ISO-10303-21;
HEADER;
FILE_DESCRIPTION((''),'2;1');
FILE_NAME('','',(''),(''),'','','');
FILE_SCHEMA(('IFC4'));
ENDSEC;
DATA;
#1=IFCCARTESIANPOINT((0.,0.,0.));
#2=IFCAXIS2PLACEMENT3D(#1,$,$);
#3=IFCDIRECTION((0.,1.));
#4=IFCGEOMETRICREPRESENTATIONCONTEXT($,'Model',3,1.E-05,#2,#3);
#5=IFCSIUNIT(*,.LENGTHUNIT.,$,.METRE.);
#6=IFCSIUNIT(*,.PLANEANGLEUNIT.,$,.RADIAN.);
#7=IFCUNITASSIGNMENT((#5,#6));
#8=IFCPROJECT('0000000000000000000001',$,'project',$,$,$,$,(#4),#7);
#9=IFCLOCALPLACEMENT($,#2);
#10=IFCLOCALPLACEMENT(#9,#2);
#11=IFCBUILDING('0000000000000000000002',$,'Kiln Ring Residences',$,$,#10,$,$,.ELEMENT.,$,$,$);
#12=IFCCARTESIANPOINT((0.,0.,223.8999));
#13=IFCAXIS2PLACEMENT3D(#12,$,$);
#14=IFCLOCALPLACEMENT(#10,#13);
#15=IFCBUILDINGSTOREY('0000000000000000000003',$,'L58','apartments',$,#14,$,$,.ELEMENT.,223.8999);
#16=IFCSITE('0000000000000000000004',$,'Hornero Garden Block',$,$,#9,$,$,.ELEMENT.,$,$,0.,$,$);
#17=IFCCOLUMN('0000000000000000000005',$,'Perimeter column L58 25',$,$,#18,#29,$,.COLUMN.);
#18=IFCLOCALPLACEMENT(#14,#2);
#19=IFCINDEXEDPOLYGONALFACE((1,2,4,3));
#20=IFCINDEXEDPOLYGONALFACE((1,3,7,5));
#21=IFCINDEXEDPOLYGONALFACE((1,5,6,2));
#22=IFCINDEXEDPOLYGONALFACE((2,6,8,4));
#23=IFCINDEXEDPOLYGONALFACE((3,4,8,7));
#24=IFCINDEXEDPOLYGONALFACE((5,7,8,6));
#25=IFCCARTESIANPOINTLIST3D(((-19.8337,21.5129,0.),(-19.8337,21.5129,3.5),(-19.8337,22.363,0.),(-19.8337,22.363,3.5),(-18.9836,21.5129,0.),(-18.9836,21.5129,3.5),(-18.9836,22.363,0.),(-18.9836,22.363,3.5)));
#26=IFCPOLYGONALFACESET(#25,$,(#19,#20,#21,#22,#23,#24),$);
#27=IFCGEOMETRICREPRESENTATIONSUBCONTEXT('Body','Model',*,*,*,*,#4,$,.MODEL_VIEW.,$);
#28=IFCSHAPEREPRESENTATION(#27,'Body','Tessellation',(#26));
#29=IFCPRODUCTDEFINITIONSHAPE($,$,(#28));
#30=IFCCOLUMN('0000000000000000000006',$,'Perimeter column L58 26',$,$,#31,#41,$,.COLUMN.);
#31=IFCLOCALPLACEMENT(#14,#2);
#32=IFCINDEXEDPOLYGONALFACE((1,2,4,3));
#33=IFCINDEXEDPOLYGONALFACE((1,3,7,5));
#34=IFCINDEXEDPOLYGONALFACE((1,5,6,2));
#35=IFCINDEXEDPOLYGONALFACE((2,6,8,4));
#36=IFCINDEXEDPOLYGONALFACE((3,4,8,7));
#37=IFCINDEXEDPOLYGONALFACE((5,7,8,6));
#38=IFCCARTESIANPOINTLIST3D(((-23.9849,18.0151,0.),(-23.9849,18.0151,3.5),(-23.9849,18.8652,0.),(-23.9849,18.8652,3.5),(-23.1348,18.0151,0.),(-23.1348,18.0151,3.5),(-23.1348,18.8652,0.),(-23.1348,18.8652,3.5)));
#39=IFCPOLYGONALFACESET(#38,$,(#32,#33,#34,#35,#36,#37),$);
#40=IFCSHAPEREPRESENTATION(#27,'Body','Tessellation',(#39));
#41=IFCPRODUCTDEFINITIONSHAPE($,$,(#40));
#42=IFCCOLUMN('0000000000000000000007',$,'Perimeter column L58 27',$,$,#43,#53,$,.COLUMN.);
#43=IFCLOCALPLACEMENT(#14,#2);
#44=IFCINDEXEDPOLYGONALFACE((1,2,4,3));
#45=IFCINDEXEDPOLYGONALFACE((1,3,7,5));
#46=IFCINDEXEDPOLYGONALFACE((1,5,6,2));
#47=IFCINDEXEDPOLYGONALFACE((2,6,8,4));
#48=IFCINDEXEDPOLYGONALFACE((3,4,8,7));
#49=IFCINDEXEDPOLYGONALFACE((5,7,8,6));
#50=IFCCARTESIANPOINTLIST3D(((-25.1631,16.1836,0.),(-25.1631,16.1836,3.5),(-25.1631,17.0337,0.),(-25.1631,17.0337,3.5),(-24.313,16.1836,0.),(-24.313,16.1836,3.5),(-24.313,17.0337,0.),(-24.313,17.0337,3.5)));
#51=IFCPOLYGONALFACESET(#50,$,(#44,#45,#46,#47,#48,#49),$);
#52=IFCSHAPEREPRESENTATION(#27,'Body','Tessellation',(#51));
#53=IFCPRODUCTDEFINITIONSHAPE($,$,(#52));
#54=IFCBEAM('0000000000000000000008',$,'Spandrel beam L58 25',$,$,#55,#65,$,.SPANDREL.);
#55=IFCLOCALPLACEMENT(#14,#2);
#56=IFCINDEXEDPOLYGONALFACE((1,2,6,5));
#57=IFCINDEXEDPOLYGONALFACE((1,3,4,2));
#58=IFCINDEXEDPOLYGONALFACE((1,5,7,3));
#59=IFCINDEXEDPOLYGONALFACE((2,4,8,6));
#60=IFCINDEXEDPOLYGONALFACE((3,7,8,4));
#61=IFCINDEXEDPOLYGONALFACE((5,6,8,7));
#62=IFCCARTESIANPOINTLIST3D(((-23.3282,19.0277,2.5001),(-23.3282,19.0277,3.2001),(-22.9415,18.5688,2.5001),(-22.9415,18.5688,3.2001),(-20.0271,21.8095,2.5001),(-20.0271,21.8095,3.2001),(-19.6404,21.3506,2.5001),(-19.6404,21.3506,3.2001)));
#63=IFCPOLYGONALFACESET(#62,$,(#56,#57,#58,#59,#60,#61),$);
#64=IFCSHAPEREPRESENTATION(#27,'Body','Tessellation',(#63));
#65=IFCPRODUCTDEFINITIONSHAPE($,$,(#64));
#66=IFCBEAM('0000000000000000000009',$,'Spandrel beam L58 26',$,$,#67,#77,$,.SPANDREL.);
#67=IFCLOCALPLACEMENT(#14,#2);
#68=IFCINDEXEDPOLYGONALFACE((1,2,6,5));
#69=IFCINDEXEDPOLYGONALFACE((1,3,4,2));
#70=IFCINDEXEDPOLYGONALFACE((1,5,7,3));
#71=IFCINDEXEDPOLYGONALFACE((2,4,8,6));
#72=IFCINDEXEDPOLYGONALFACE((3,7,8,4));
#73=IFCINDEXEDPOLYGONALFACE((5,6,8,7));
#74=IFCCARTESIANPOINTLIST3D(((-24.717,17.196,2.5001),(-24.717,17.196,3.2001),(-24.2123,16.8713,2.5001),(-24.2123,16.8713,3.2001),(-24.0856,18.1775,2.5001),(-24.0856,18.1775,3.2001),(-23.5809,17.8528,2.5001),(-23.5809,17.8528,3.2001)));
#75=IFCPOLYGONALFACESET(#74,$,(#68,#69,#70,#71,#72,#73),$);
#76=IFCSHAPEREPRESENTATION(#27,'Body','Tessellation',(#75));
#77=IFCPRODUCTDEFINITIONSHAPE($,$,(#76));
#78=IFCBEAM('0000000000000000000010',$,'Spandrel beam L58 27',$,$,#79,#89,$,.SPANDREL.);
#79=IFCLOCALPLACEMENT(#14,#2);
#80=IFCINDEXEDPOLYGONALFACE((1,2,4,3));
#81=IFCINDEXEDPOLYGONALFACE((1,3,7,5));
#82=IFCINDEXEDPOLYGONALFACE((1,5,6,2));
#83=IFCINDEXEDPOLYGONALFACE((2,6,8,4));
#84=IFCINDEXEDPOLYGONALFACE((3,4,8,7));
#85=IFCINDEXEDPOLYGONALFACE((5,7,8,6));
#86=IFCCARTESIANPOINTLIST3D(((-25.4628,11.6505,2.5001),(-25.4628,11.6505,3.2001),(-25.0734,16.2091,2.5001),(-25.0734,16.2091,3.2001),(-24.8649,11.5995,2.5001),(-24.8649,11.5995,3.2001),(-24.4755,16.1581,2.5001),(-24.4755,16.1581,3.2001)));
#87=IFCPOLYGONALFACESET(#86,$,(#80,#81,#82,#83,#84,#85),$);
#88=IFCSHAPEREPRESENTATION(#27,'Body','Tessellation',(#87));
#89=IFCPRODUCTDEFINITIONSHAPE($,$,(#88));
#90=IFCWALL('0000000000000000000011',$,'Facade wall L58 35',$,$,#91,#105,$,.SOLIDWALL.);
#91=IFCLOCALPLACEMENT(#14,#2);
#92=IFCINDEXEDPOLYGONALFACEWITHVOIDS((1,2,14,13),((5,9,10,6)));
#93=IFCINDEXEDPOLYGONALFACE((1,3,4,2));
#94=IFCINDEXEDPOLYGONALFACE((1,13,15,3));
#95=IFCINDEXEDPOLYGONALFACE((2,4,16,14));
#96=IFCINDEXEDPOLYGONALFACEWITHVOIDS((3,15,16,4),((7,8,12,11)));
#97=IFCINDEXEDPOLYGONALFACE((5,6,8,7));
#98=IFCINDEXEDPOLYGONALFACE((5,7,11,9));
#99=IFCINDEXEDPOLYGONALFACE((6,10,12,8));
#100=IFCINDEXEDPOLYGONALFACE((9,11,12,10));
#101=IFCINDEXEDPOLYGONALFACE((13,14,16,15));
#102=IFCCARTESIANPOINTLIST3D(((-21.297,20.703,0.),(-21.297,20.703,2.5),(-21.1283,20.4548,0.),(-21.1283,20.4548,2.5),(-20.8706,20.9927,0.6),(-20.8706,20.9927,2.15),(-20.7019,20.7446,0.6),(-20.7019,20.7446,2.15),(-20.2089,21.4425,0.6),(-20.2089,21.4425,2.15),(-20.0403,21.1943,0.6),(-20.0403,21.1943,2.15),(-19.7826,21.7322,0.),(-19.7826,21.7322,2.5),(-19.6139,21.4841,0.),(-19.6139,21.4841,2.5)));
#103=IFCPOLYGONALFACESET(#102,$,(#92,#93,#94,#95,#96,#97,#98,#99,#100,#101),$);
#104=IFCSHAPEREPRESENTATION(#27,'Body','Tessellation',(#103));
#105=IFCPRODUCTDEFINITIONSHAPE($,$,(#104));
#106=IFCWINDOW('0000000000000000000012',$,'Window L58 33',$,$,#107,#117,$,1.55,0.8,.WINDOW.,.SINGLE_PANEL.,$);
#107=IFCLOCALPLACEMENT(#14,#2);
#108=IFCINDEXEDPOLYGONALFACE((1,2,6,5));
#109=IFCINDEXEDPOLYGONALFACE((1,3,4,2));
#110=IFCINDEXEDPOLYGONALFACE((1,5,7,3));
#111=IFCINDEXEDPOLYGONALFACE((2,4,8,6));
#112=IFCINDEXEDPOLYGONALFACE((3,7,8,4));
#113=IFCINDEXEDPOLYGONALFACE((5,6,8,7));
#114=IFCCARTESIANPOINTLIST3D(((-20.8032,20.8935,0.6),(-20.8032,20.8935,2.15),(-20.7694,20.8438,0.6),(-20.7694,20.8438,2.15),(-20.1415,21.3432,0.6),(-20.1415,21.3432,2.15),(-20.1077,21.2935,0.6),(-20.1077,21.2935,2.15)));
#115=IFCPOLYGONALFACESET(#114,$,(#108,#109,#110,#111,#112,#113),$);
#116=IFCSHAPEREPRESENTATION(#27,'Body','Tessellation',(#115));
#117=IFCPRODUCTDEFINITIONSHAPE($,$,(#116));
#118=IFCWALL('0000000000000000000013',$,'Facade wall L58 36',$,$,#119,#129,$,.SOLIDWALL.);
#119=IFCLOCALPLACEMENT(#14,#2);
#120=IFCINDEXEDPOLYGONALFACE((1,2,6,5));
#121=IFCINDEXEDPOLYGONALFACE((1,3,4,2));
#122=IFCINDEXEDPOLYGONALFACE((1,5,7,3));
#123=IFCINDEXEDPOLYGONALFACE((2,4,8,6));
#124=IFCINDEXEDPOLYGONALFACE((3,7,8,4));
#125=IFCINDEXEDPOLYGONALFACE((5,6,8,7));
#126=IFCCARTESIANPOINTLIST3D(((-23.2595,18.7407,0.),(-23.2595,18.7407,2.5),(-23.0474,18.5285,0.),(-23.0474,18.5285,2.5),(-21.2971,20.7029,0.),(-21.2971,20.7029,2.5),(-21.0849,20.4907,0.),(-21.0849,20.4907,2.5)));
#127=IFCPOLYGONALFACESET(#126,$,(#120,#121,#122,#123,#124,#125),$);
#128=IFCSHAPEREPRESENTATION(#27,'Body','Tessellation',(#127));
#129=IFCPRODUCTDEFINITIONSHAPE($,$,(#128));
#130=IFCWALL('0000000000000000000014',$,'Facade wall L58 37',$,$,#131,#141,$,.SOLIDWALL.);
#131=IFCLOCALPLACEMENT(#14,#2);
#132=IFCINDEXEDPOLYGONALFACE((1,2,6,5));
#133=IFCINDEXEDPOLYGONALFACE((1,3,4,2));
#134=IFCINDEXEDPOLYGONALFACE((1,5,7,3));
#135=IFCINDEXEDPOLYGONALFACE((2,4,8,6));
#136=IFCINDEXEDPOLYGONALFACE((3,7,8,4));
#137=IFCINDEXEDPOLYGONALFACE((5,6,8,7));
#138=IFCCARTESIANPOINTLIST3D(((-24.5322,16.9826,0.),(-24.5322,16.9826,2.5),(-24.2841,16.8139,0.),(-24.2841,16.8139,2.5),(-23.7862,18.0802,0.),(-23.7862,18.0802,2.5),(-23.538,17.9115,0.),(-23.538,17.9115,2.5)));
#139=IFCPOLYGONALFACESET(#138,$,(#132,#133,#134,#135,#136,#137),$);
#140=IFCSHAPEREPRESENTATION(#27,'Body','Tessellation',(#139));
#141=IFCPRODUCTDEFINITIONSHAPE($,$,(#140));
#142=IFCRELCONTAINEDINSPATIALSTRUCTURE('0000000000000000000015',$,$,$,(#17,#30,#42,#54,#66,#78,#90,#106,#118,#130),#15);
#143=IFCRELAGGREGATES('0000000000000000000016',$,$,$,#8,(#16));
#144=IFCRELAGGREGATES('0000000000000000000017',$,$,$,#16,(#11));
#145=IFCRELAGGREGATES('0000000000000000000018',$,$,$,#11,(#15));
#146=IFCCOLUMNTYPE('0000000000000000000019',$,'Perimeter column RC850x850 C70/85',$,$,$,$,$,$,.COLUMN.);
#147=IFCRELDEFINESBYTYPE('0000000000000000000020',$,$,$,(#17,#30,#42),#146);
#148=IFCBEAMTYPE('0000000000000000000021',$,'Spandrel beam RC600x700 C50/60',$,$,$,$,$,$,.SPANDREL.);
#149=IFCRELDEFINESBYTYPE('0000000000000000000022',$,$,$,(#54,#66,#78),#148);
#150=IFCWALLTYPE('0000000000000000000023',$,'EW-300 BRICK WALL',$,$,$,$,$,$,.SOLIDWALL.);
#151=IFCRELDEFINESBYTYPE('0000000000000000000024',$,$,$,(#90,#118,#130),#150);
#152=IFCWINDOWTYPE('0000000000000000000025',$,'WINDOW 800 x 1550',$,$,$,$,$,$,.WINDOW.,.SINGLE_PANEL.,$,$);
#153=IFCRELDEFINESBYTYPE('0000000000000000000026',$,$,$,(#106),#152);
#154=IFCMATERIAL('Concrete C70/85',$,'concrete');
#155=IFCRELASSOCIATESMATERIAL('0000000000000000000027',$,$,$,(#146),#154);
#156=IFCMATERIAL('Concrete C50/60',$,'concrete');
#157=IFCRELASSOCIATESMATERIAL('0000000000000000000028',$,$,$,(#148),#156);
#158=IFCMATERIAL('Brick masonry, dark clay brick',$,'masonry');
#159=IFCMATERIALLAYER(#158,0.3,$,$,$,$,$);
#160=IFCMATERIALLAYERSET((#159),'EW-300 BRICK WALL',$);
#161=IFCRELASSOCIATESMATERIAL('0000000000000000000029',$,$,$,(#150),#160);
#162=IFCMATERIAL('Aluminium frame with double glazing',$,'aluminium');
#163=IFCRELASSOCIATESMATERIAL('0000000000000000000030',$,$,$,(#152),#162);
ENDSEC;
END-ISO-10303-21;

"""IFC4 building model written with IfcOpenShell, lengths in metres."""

from ifc_helpers import new_model, si_unit, direction, frame, frame_2d, origin, origin_2d, place, context, subcontext, project, spatial, rectangle, extrude, material, layer, layer_set, material_profile, profile_set, type_object, element, fill, save


model = new_model("IFC4")

# Units and contexts
model_context = context("Model", 3, precision=1e-05, world=origin(), true_north=direction((0.0, 1.0)))
body_context = subcontext(model_context, "Body", "Model", "MODEL_VIEW")
ifc_project = project(units=[si_unit("LENGTHUNIT", "METRE"), si_unit("PLANEANGLEUNIT", "RADIAN")], contexts=[model_context])

# Site, building, storey
site_placement = place(None, origin())
site = spatial("IfcSite", under=ifc_project, at=site_placement, Name="Hornero Garden Block", CompositionType="ELEMENT", RefElevation=0.0)
building_placement = place(site_placement, origin())
building = spatial("IfcBuilding", under=site, at=building_placement, Name="Kiln Ring Residences", CompositionType="ELEMENT")
storey_placement = place(building_placement, frame((0.0, 0.0, 223.8999)))
storey = spatial("IfcBuildingStorey", under=building, at=storey_placement, Name="L58", Description="apartments", CompositionType="ELEMENT", Elevation=223.8999)

# Columns
ifc_material_1 = material(Name="Concrete C70/85", Category="concrete")
ifc_material_profile_1 = material_profile(ifc_material_1, rectangle(XDim=0.8501, YDim=0.8501, at=origin_2d()), Name="RC850x850")
ifc_profile_set_1 = profile_set([ifc_material_profile_1], Name="Concrete C70/85")
column_type = type_object("IfcColumnType", Name="Perimeter column RC850x850 C70/85", PredefinedType="COLUMN", material=ifc_profile_set_1)
for number, where, z_axis, x_axis, name in (
    (1, (-19.4087, 21.938, 0.0), (0.0, 0.0, 1.0), (1.0, 0.0, 0.0), "Perimeter column L58 25"),
    (2, (-23.5598, 18.4402, 0.0), (0.0, 0.0, 1.0), (1.0, 0.0, 0.0), "Perimeter column L58 26"),
    (3, (-24.738, 16.6086, 0.0), (0.0, 0.0, 1.0), (1.0, 0.0, 0.0), "Perimeter column L58 27"),
):
    element("IfcColumn", number, at=place(storey_placement, frame(where, z_axis=z_axis, x_axis=x_axis)), inside=storey, type_object=column_type, Name=name, PredefinedType="COLUMN", context=body_context, shape_type="SweptSolid", body=[
        extrude(rectangle(XDim=0.8501, YDim=0.8501, at=origin_2d()), origin(), (0.0, 0.0, 1.0), 3.5),
    ])

# Beams
ifc_material_2 = material(Name="Concrete C50/60", Category="concrete")
ifc_material_profile_2 = material_profile(ifc_material_2, rectangle(XDim=0.6001, YDim=0.7, at=origin_2d()), Name="RC600x700")
ifc_profile_set_2 = profile_set([ifc_material_profile_2], Name="Concrete C50/60")
beam_type = type_object("IfcBeamType", Name="Spandrel beam RC600x700 C50/60", PredefinedType="SPANDREL", material=ifc_profile_set_2)
beam_1_placement = place(storey_placement, frame((-19.8337, 21.5801, 2.8501), z_axis=(-0.764691, -0.644397, 0.0), x_axis=(0.644397, -0.764691, 0.0)))
element("IfcBeam", 4, at=beam_1_placement, inside=storey, type_object=beam_type, Name="Spandrel beam L58 25", PredefinedType="SPANDREL", context=body_context, shape_type="SweptSolid", body=[
    extrude(rectangle(XDim=0.6001, YDim=0.7, at=origin_2d()), origin(), (0.0, 0.0, 1.0), 4.3169),
])
beam_2_placement = place(storey_placement, frame((-23.8333, 18.0151, 2.8501), z_axis=(-0.541011, -0.841015, 0.0), x_axis=(0.841015, -0.541011, 0.0)))
element("IfcBeam", 5, at=beam_2_placement, inside=storey, type_object=beam_type, Name="Spandrel beam L58 26", PredefinedType="SPANDREL", context=body_context, shape_type="SweptSolid", body=[
    extrude(rectangle(XDim=0.6001, YDim=0.7, at=origin_2d()), origin(), (0.0, 0.0, 1.0), 1.167),
])
beam_3_placement = place(storey_placement, frame((-24.7744, 16.1836, 2.8501), z_axis=(-0.085112, -0.996371, 0.0), x_axis=(0.996371, -0.085112, 0.0)))
element("IfcBeam", 6, at=beam_3_placement, inside=storey, type_object=beam_type, Name="Spandrel beam L58 27", PredefinedType="SPANDREL", context=body_context, shape_type="SweptSolid", body=[
    extrude(rectangle(XDim=0.6001, YDim=0.7, at=origin_2d()), origin(), (0.0, 0.0, 1.0), 4.5752),
])

# Wall, opening, window
ifc_material_3 = material(Name="Brick masonry, dark clay brick", Category="masonry")
ifc_layer_1 = layer(ifc_material_3, 0.3)
ifc_layer_set_1 = layer_set([ifc_layer_1], Name="EW-300 BRICK WALL")
wall_type_1 = type_object("IfcWallType", Name="EW-300 BRICK WALL", PredefinedType="SOLIDWALL", material=ifc_layer_set_1)
wall_1_placement = place(storey_placement, frame((-19.6982, 21.6082, 0.0), z_axis=(0.0, 0.0, 1.0), x_axis=(-0.827053, -0.562124, 0.0)))
wall_1 = element("IfcWall", 7, at=wall_1_placement, inside=storey, type_object=wall_type_1, Name="Facade wall L58 35", PredefinedType="SOLIDWALL", context=body_context, shape_type="SweptSolid", body=[
    extrude(rectangle(XDim=1.8311, YDim=0.3, at=frame_2d((0.9155, 0.0))), origin(), (0.0, 0.0, 1.0), 2.5),
])
opening_1_placement = place(wall_1_placement, frame((0.5156, 0.0, 0.6001)))
opening_1 = element("IfcOpeningElement", 8, at=opening_1_placement, cuts=wall_1, PredefinedType="OPENING", context=body_context, shape_type="SweptSolid", body=[
    extrude(rectangle(XDim=0.8, YDim=1.55, at=frame_2d((0.3999, 0.7749))), frame((0.0, 0.1599, 0.0), z_axis=(0.0, -1.0, 0.0), x_axis=(1.0, 0.0, 0.0)), (0.0, 0.0, 1.0), 0.3201),
])
ifc_material_4 = material(Name="Aluminium frame with double glazing", Category="aluminium")
window_type = type_object("IfcWindowType", Name="WINDOW 800 x 1550", PartitioningType="SINGLE_PANEL", PredefinedType="WINDOW", material=ifc_material_4)
window_placement = place(opening_1_placement, origin())
window = element("IfcWindow", 9, at=window_placement, inside=storey, type_object=window_type, Name="Window L58 33", OverallHeight=1.55, OverallWidth=0.8, PartitioningType="SINGLE_PANEL", PredefinedType="WINDOW", context=body_context, shape_type="SweptSolid", body=[
    extrude(rectangle(XDim=0.8, YDim=1.55, at=frame_2d((0.3999, 0.7749))), frame((0.0, 0.03, 0.0), z_axis=(0.0, -1.0, 0.0), x_axis=(1.0, 0.0, 0.0)), (0.0, 0.0, 1.0), 0.0601),
])
fill(opening_1, window)

# Walls
wall_2_placement = place(storey_placement, frame((-21.1909, 20.5969, 0.0), z_axis=(0.0, 0.0, 1.0), x_axis=(-0.707151, -0.707063, 0.0)))
element("IfcWall", 10, at=wall_2_placement, inside=storey, type_object=wall_type_1, Name="Facade wall L58 36", PredefinedType="SOLIDWALL", context=body_context, shape_type="SweptSolid", body=[
    extrude(rectangle(XDim=2.7751, YDim=0.3, at=frame_2d((1.3877, 0.0))), origin(), (0.0, 0.0, 1.0), 2.5),
])
wall_3_placement = place(storey_placement, frame((-23.6621, 17.9958, 0.0), z_axis=(0.0, 0.0, 1.0), x_axis=(-0.562149, -0.827036, 0.0)))
element("IfcWall", 11, at=wall_3_placement, inside=storey, type_object=wall_type_1, Name="Facade wall L58 37", PredefinedType="SOLIDWALL", context=body_context, shape_type="SweptSolid", body=[
    extrude(rectangle(XDim=1.3271, YDim=0.3, at=frame_2d((0.6636, 0.0))), origin(), (0.0, 0.0, 1.0), 2.5),
])

save(model, "model.ifc")
